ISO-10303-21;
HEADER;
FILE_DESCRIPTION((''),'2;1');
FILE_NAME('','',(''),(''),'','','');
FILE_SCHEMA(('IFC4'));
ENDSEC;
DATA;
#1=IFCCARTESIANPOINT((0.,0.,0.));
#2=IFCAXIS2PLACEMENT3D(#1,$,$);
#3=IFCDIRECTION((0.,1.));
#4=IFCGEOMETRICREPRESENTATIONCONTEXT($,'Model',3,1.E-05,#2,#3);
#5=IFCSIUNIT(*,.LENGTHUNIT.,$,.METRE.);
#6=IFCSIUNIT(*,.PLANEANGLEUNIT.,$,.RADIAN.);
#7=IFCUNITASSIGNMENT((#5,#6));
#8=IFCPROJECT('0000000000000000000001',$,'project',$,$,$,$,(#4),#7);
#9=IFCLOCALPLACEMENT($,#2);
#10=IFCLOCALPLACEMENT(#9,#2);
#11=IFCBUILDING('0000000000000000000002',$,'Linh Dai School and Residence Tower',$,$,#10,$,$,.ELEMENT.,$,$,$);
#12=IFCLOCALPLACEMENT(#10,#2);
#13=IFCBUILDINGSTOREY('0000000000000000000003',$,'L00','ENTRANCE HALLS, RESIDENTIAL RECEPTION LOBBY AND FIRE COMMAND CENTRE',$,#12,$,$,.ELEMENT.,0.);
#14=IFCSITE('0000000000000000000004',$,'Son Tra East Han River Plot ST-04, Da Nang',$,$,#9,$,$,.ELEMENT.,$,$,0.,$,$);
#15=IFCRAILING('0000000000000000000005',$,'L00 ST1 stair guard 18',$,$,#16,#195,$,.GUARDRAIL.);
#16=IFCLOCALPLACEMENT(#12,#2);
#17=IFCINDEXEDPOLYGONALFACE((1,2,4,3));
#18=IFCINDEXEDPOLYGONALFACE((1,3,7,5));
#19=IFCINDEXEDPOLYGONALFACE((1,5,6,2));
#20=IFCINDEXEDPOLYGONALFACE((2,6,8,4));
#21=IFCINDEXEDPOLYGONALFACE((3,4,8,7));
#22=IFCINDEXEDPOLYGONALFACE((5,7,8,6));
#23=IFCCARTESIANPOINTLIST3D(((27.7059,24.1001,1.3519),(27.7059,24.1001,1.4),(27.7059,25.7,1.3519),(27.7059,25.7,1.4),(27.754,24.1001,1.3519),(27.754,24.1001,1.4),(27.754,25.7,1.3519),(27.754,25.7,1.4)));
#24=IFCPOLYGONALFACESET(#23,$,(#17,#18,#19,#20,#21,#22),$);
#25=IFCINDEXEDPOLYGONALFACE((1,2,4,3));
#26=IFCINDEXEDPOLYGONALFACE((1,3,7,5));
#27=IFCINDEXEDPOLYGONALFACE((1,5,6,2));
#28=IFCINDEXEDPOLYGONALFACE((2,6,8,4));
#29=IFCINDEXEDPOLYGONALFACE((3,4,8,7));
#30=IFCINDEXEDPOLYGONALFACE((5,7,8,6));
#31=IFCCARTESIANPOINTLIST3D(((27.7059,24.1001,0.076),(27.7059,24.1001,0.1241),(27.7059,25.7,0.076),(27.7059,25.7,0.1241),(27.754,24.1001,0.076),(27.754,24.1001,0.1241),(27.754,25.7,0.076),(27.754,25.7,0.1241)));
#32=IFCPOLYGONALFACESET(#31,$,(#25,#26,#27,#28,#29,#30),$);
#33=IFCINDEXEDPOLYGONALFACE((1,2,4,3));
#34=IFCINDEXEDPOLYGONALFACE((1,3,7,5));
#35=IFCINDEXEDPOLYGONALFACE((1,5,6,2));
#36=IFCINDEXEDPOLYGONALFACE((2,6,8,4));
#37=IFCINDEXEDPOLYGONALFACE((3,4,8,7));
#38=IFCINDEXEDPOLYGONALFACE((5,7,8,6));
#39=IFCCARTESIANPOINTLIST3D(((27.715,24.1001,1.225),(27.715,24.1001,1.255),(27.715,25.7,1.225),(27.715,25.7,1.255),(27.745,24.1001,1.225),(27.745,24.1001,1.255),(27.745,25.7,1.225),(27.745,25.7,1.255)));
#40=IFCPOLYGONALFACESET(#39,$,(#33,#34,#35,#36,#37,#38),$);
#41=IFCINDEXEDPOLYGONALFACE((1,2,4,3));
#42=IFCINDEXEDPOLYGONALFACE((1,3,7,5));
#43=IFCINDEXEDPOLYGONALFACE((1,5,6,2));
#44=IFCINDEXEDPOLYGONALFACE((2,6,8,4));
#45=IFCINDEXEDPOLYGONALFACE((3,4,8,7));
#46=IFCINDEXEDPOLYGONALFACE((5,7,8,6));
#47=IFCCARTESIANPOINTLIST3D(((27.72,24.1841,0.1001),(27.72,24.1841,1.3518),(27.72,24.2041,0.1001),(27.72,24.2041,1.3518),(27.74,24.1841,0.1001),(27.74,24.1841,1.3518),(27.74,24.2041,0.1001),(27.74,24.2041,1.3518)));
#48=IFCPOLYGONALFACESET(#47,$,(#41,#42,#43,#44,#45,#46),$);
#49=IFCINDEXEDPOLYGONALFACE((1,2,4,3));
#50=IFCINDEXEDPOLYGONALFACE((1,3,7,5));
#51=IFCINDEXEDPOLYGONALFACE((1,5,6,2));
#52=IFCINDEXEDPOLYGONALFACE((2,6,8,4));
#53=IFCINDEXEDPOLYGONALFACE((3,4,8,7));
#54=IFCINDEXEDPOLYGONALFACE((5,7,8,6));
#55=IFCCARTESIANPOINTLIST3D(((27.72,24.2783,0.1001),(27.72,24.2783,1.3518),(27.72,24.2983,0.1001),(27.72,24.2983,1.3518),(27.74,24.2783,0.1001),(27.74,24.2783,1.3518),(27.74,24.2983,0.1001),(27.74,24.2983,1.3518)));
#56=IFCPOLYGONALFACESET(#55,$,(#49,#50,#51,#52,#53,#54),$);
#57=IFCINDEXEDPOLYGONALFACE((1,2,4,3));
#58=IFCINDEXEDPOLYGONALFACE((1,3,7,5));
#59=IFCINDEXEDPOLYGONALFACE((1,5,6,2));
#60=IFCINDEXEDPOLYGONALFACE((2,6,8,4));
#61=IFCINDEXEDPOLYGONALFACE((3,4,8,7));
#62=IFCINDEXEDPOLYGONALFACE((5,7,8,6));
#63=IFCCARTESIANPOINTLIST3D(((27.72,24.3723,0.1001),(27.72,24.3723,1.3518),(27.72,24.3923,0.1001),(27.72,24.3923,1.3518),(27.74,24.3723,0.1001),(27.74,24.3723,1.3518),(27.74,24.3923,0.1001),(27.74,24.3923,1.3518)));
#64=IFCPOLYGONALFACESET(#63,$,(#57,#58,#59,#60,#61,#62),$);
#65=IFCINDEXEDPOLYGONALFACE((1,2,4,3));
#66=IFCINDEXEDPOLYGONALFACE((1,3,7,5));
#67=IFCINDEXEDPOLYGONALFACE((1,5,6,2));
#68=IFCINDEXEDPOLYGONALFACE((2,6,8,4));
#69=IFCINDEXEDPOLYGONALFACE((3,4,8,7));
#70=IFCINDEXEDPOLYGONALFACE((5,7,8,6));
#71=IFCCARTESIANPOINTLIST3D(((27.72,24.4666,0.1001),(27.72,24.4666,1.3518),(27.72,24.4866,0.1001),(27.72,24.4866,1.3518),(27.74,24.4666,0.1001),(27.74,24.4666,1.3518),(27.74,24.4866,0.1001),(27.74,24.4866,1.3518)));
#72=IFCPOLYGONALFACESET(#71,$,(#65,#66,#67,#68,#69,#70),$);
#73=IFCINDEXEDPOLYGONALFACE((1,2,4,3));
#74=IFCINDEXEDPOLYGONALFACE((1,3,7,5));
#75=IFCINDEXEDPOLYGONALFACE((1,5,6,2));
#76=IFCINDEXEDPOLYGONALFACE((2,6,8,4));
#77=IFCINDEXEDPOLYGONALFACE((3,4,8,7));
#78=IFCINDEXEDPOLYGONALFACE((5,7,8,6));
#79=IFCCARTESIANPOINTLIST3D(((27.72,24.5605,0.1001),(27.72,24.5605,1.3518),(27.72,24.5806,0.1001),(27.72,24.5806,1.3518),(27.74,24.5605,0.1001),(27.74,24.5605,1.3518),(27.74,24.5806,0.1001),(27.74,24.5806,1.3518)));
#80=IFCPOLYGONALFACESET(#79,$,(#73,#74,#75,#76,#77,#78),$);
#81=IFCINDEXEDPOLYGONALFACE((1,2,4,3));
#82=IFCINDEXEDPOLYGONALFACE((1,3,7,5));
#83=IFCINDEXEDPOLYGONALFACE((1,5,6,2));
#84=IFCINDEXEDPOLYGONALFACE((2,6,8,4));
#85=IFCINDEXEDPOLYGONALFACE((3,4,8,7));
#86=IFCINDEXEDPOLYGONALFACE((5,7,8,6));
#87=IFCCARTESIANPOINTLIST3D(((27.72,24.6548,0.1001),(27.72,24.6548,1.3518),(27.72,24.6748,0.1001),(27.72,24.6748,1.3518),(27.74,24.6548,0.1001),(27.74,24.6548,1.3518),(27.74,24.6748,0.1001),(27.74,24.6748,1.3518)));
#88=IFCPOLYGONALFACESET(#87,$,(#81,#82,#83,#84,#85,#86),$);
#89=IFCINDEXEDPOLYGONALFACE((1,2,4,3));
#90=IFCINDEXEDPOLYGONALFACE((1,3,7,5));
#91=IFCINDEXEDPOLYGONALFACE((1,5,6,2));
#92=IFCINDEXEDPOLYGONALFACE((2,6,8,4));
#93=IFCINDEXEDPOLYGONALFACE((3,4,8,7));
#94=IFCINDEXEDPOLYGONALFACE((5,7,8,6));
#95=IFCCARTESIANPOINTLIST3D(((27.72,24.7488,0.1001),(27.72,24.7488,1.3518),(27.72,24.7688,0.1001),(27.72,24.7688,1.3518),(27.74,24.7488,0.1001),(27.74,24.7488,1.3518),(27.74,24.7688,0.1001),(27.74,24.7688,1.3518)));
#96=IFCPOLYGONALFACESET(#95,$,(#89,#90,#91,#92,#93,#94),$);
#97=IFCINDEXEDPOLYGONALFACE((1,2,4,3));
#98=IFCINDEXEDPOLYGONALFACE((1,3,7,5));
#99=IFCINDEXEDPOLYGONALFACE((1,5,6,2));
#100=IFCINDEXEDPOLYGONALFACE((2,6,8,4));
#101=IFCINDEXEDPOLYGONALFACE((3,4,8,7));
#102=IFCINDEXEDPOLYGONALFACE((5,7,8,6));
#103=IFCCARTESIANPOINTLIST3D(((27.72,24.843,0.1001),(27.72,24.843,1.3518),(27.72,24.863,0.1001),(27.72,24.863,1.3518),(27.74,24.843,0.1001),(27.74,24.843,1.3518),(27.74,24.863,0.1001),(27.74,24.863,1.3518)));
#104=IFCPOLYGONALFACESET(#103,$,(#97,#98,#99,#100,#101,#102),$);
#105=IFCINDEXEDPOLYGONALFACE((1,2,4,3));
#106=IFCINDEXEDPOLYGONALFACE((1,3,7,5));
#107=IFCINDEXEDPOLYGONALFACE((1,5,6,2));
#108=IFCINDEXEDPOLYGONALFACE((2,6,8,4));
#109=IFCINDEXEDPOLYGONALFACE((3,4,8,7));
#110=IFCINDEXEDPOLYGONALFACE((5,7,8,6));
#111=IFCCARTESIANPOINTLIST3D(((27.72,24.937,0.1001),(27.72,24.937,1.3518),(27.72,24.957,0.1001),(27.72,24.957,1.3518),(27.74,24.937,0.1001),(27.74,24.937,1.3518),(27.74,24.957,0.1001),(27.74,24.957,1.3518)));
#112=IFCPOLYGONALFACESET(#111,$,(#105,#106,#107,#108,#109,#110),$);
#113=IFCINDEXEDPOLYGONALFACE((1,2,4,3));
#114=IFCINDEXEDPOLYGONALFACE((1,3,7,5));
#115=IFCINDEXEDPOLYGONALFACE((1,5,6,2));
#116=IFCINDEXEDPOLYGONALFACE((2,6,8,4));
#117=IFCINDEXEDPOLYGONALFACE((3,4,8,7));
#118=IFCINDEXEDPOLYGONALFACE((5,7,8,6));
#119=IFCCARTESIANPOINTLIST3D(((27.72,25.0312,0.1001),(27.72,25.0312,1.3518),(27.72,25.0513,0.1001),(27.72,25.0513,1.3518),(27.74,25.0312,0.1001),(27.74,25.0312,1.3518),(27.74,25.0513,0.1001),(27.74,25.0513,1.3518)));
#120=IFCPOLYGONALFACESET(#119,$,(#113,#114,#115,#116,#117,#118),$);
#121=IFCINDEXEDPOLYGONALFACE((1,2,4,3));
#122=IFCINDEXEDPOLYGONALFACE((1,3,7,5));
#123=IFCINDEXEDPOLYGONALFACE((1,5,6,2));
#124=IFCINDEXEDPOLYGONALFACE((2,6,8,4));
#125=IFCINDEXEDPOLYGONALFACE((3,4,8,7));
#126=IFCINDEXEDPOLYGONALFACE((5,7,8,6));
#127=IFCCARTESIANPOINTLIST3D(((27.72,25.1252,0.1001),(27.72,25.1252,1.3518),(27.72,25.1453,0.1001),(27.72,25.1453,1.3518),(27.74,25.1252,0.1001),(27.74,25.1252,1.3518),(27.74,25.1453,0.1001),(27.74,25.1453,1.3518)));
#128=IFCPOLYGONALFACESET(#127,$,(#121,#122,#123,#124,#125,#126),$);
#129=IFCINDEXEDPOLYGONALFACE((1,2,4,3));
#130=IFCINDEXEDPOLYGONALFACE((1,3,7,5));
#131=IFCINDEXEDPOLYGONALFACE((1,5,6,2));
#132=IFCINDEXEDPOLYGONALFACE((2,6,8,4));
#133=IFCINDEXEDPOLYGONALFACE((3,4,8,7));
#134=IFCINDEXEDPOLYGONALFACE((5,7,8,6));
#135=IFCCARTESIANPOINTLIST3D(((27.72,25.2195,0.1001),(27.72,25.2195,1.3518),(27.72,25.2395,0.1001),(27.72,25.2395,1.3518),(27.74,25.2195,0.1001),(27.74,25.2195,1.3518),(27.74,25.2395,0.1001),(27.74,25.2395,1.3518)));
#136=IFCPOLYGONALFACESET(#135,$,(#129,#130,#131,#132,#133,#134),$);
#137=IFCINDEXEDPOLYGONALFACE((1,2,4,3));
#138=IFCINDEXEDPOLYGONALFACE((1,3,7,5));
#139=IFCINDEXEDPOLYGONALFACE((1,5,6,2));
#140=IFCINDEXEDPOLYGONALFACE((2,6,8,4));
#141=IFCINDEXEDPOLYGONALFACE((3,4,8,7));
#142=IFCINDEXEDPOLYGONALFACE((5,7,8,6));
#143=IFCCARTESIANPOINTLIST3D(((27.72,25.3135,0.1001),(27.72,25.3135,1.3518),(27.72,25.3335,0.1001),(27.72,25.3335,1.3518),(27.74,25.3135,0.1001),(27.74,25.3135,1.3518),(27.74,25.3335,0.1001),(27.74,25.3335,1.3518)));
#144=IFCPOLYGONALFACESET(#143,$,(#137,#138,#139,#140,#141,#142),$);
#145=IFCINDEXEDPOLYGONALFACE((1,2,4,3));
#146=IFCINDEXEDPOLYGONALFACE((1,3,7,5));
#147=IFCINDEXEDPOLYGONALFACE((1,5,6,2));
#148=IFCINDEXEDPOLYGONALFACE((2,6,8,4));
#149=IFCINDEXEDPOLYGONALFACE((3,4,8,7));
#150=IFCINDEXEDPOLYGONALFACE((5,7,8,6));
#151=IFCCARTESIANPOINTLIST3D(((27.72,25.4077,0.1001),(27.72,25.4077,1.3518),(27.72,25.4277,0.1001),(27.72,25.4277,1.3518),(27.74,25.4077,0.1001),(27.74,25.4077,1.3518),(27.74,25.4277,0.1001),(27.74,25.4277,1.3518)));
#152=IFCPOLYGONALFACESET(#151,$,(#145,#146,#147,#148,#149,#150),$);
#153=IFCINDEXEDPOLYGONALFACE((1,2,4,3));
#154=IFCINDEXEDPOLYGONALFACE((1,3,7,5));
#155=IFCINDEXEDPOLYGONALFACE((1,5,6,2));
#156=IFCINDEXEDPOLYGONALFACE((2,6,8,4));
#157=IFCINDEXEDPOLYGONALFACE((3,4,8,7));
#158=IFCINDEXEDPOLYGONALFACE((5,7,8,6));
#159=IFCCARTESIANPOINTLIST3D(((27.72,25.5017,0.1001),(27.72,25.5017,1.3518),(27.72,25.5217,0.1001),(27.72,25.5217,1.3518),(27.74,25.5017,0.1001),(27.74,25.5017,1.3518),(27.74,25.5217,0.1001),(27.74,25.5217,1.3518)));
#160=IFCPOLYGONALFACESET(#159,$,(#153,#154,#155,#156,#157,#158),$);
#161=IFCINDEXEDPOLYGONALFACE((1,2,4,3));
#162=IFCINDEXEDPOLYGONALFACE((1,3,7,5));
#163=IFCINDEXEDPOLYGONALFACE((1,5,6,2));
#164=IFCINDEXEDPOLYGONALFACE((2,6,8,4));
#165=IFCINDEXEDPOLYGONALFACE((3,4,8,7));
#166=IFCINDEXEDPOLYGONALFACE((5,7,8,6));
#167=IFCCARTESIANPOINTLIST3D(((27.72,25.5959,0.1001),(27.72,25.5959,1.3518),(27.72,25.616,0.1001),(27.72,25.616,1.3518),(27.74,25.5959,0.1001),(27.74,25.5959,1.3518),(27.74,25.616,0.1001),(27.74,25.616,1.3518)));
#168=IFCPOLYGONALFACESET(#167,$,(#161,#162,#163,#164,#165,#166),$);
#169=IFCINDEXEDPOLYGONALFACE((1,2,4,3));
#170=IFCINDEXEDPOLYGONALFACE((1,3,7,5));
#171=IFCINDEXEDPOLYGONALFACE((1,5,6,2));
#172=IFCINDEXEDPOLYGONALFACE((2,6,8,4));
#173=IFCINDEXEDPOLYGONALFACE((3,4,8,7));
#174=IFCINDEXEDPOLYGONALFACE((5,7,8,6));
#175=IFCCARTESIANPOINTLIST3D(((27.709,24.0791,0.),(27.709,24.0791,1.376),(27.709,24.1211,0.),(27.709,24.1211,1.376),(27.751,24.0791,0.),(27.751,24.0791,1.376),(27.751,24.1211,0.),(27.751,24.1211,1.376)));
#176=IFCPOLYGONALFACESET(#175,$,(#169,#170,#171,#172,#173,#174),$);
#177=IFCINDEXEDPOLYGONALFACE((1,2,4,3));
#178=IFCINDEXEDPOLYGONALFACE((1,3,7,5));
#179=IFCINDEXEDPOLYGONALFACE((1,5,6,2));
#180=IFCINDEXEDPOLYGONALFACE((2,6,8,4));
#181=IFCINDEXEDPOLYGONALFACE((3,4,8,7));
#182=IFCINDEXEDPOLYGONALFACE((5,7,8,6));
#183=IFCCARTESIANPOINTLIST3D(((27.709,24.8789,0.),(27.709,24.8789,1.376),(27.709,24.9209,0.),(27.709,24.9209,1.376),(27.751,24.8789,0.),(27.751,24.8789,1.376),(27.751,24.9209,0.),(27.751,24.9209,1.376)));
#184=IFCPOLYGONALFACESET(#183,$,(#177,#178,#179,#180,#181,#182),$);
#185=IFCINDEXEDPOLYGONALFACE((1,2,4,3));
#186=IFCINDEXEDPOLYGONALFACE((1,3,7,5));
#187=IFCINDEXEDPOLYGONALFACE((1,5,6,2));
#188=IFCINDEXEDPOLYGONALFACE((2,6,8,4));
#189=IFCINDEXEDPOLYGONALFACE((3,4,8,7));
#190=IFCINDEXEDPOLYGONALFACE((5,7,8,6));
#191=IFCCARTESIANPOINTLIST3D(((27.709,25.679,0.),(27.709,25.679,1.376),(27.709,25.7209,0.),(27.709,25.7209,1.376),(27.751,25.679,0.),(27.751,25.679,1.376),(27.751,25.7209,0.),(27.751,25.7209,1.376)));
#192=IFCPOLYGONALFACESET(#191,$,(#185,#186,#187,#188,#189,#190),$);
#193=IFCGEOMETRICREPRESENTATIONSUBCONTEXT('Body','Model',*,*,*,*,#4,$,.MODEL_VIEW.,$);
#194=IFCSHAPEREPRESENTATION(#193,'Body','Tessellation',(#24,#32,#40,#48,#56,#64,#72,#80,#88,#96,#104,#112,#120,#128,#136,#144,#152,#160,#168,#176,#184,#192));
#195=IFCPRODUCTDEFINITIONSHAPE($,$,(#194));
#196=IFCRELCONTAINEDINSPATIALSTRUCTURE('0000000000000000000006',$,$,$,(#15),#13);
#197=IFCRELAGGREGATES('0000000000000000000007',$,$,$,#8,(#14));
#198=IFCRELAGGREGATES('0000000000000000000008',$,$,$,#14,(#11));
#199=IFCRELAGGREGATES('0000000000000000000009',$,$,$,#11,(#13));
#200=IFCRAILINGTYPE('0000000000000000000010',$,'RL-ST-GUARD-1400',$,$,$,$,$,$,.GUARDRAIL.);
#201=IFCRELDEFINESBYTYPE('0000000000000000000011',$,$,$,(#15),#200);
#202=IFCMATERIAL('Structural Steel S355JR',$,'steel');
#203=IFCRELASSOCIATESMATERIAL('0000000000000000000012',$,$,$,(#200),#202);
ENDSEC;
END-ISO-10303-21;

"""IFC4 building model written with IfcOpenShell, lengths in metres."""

from ifc_helpers import new_model, si_unit, direction, frame, origin, origin_2d, place, context, subcontext, project, spatial, rectangle, extrude, source, transform, mapped, material, type_object, element, save


model = new_model("IFC4")

# Units and contexts
model_context = context("Model", 3, precision=1e-05, world=origin(), true_north=direction((0.0, 1.0)))
body_context = subcontext(model_context, "Body", "Model", "MODEL_VIEW")
ifc_project = project(units=[si_unit("LENGTHUNIT", "METRE"), si_unit("PLANEANGLEUNIT", "RADIAN")], contexts=[model_context])

# Site, building, storey
site_placement = place(None, origin())
site = spatial("IfcSite", under=ifc_project, at=site_placement, Name="Son Tra East Han River Plot ST-04, Da Nang", CompositionType="ELEMENT", RefElevation=0.0)
building_placement = place(site_placement, origin())
building = spatial("IfcBuilding", under=site, at=building_placement, Name="Linh Dai School and Residence Tower", CompositionType="ELEMENT")
storey_placement = place(building_placement, origin())
storey = spatial("IfcBuildingStorey", under=building, at=storey_placement, Name="L00", Description="ENTRANCE HALLS, RESIDENTIAL RECEPTION LOBBY AND FIRE COMMAND CENTRE", CompositionType="ELEMENT", Elevation=0.0)

# Shared definitions
ifc_material_1 = material(Name="Structural Steel S355JR", Category="steel")

# Railing
railing_type = type_object("IfcRailingType", Name="RL-ST-GUARD-1400", PredefinedType="GUARDRAIL", material=ifc_material_1)
shared_shape_1 = source(origin(), body_context, "Body", "SweptSolid", [
    extrude(rectangle(XDim=0.0481, YDim=0.0481, at=origin_2d()), frame((0.0, 0.0, 1.376), z_axis=(0.0, 1.0, 0.0), x_axis=(-1.0, 0.0, 0.0)), (0.0, 0.0, 1.0), 1.5999),
    extrude(rectangle(XDim=0.0481, YDim=0.0481, at=origin_2d()), frame((0.0, 0.0, 0.1001), z_axis=(0.0, 1.0, 0.0), x_axis=(-1.0, 0.0, 0.0)), (0.0, 0.0, 1.0), 1.5999),
    extrude(rectangle(XDim=0.03, YDim=0.03, at=origin_2d()), frame((0.0, 0.0, 1.24), z_axis=(0.0, 1.0, 0.0), x_axis=(-1.0, 0.0, 0.0)), (0.0, 0.0, 1.0), 1.5999),
    extrude(rectangle(XDim=0.02, YDim=0.02, at=origin_2d()), frame((0.0, 0.094, 0.1001)), (0.0, 0.0, 1.0), 1.2517),
    extrude(rectangle(XDim=0.02, YDim=0.02, at=origin_2d()), frame((0.0, 0.1882, 0.1001)), (0.0, 0.0, 1.0), 1.2517),
    extrude(rectangle(XDim=0.02, YDim=0.02, at=origin_2d()), frame((0.0, 0.2822, 0.1001)), (0.0, 0.0, 1.0), 1.2517),
    extrude(rectangle(XDim=0.02, YDim=0.02, at=origin_2d()), frame((0.0, 0.3765, 0.1001)), (0.0, 0.0, 1.0), 1.2517),
    extrude(rectangle(XDim=0.02, YDim=0.02, at=origin_2d()), frame((0.0, 0.4705, 0.1001)), (0.0, 0.0, 1.0), 1.2517),
    extrude(rectangle(XDim=0.02, YDim=0.02, at=origin_2d()), frame((0.0, 0.5647, 0.1001)), (0.0, 0.0, 1.0), 1.2517),
    extrude(rectangle(XDim=0.02, YDim=0.02, at=origin_2d()), frame((0.0, 0.6587, 0.1001)), (0.0, 0.0, 1.0), 1.2517),
    extrude(rectangle(XDim=0.02, YDim=0.02, at=origin_2d()), frame((0.0, 0.7529, 0.1001)), (0.0, 0.0, 1.0), 1.2517),
    extrude(rectangle(XDim=0.02, YDim=0.02, at=origin_2d()), frame((0.0, 0.8469, 0.1001)), (0.0, 0.0, 1.0), 1.2517),
    extrude(rectangle(XDim=0.02, YDim=0.02, at=origin_2d()), frame((0.0, 0.9412, 0.1001)), (0.0, 0.0, 1.0), 1.2517),
    extrude(rectangle(XDim=0.02, YDim=0.02, at=origin_2d()), frame((0.0, 1.0352, 0.1001)), (0.0, 0.0, 1.0), 1.2517),
    extrude(rectangle(XDim=0.02, YDim=0.02, at=origin_2d()), frame((0.0, 1.1294, 0.1001)), (0.0, 0.0, 1.0), 1.2517),
    extrude(rectangle(XDim=0.02, YDim=0.02, at=origin_2d()), frame((0.0, 1.2234, 0.1001)), (0.0, 0.0, 1.0), 1.2517),
    extrude(rectangle(XDim=0.02, YDim=0.02, at=origin_2d()), frame((0.0, 1.3176, 0.1001)), (0.0, 0.0, 1.0), 1.2517),
    extrude(rectangle(XDim=0.02, YDim=0.02, at=origin_2d()), frame((0.0, 1.4116, 0.1001)), (0.0, 0.0, 1.0), 1.2517),
    extrude(rectangle(XDim=0.02, YDim=0.02, at=origin_2d()), frame((0.0, 1.5059, 0.1001)), (0.0, 0.0, 1.0), 1.2517),
    extrude(rectangle(XDim=0.042, YDim=0.042, at=origin_2d()), origin(), (0.0, 0.0, 1.0), 1.376),
    extrude(rectangle(XDim=0.042, YDim=0.042, at=origin_2d()), frame((0.0, 0.7998, 0.0)), (0.0, 0.0, 1.0), 1.376),
    extrude(rectangle(XDim=0.042, YDim=0.042, at=origin_2d()), frame((0.0, 1.5999, 0.0)), (0.0, 0.0, 1.0), 1.376),
])
for number, where, name in (
    (1, (27.73, 24.1001, 0.0), "L00 ST1 stair guard 18"),
):
    element("IfcRailing", number, at=place(storey_placement, frame(where)), inside=storey, type_object=railing_type, Name=name, PredefinedType="GUARDRAIL", context=body_context, shape_type="MappedRepresentation", body=[
        mapped(shared_shape_1, transform((0.0, 0.0, 0.0), x_axis=(1.0, 0.0, 0.0), y_axis=(0.0, 1.0, 0.0), z_axis=(0.0, 0.0, 1.0), scale=1.0)),
    ])

save(model, "model.ifc")
